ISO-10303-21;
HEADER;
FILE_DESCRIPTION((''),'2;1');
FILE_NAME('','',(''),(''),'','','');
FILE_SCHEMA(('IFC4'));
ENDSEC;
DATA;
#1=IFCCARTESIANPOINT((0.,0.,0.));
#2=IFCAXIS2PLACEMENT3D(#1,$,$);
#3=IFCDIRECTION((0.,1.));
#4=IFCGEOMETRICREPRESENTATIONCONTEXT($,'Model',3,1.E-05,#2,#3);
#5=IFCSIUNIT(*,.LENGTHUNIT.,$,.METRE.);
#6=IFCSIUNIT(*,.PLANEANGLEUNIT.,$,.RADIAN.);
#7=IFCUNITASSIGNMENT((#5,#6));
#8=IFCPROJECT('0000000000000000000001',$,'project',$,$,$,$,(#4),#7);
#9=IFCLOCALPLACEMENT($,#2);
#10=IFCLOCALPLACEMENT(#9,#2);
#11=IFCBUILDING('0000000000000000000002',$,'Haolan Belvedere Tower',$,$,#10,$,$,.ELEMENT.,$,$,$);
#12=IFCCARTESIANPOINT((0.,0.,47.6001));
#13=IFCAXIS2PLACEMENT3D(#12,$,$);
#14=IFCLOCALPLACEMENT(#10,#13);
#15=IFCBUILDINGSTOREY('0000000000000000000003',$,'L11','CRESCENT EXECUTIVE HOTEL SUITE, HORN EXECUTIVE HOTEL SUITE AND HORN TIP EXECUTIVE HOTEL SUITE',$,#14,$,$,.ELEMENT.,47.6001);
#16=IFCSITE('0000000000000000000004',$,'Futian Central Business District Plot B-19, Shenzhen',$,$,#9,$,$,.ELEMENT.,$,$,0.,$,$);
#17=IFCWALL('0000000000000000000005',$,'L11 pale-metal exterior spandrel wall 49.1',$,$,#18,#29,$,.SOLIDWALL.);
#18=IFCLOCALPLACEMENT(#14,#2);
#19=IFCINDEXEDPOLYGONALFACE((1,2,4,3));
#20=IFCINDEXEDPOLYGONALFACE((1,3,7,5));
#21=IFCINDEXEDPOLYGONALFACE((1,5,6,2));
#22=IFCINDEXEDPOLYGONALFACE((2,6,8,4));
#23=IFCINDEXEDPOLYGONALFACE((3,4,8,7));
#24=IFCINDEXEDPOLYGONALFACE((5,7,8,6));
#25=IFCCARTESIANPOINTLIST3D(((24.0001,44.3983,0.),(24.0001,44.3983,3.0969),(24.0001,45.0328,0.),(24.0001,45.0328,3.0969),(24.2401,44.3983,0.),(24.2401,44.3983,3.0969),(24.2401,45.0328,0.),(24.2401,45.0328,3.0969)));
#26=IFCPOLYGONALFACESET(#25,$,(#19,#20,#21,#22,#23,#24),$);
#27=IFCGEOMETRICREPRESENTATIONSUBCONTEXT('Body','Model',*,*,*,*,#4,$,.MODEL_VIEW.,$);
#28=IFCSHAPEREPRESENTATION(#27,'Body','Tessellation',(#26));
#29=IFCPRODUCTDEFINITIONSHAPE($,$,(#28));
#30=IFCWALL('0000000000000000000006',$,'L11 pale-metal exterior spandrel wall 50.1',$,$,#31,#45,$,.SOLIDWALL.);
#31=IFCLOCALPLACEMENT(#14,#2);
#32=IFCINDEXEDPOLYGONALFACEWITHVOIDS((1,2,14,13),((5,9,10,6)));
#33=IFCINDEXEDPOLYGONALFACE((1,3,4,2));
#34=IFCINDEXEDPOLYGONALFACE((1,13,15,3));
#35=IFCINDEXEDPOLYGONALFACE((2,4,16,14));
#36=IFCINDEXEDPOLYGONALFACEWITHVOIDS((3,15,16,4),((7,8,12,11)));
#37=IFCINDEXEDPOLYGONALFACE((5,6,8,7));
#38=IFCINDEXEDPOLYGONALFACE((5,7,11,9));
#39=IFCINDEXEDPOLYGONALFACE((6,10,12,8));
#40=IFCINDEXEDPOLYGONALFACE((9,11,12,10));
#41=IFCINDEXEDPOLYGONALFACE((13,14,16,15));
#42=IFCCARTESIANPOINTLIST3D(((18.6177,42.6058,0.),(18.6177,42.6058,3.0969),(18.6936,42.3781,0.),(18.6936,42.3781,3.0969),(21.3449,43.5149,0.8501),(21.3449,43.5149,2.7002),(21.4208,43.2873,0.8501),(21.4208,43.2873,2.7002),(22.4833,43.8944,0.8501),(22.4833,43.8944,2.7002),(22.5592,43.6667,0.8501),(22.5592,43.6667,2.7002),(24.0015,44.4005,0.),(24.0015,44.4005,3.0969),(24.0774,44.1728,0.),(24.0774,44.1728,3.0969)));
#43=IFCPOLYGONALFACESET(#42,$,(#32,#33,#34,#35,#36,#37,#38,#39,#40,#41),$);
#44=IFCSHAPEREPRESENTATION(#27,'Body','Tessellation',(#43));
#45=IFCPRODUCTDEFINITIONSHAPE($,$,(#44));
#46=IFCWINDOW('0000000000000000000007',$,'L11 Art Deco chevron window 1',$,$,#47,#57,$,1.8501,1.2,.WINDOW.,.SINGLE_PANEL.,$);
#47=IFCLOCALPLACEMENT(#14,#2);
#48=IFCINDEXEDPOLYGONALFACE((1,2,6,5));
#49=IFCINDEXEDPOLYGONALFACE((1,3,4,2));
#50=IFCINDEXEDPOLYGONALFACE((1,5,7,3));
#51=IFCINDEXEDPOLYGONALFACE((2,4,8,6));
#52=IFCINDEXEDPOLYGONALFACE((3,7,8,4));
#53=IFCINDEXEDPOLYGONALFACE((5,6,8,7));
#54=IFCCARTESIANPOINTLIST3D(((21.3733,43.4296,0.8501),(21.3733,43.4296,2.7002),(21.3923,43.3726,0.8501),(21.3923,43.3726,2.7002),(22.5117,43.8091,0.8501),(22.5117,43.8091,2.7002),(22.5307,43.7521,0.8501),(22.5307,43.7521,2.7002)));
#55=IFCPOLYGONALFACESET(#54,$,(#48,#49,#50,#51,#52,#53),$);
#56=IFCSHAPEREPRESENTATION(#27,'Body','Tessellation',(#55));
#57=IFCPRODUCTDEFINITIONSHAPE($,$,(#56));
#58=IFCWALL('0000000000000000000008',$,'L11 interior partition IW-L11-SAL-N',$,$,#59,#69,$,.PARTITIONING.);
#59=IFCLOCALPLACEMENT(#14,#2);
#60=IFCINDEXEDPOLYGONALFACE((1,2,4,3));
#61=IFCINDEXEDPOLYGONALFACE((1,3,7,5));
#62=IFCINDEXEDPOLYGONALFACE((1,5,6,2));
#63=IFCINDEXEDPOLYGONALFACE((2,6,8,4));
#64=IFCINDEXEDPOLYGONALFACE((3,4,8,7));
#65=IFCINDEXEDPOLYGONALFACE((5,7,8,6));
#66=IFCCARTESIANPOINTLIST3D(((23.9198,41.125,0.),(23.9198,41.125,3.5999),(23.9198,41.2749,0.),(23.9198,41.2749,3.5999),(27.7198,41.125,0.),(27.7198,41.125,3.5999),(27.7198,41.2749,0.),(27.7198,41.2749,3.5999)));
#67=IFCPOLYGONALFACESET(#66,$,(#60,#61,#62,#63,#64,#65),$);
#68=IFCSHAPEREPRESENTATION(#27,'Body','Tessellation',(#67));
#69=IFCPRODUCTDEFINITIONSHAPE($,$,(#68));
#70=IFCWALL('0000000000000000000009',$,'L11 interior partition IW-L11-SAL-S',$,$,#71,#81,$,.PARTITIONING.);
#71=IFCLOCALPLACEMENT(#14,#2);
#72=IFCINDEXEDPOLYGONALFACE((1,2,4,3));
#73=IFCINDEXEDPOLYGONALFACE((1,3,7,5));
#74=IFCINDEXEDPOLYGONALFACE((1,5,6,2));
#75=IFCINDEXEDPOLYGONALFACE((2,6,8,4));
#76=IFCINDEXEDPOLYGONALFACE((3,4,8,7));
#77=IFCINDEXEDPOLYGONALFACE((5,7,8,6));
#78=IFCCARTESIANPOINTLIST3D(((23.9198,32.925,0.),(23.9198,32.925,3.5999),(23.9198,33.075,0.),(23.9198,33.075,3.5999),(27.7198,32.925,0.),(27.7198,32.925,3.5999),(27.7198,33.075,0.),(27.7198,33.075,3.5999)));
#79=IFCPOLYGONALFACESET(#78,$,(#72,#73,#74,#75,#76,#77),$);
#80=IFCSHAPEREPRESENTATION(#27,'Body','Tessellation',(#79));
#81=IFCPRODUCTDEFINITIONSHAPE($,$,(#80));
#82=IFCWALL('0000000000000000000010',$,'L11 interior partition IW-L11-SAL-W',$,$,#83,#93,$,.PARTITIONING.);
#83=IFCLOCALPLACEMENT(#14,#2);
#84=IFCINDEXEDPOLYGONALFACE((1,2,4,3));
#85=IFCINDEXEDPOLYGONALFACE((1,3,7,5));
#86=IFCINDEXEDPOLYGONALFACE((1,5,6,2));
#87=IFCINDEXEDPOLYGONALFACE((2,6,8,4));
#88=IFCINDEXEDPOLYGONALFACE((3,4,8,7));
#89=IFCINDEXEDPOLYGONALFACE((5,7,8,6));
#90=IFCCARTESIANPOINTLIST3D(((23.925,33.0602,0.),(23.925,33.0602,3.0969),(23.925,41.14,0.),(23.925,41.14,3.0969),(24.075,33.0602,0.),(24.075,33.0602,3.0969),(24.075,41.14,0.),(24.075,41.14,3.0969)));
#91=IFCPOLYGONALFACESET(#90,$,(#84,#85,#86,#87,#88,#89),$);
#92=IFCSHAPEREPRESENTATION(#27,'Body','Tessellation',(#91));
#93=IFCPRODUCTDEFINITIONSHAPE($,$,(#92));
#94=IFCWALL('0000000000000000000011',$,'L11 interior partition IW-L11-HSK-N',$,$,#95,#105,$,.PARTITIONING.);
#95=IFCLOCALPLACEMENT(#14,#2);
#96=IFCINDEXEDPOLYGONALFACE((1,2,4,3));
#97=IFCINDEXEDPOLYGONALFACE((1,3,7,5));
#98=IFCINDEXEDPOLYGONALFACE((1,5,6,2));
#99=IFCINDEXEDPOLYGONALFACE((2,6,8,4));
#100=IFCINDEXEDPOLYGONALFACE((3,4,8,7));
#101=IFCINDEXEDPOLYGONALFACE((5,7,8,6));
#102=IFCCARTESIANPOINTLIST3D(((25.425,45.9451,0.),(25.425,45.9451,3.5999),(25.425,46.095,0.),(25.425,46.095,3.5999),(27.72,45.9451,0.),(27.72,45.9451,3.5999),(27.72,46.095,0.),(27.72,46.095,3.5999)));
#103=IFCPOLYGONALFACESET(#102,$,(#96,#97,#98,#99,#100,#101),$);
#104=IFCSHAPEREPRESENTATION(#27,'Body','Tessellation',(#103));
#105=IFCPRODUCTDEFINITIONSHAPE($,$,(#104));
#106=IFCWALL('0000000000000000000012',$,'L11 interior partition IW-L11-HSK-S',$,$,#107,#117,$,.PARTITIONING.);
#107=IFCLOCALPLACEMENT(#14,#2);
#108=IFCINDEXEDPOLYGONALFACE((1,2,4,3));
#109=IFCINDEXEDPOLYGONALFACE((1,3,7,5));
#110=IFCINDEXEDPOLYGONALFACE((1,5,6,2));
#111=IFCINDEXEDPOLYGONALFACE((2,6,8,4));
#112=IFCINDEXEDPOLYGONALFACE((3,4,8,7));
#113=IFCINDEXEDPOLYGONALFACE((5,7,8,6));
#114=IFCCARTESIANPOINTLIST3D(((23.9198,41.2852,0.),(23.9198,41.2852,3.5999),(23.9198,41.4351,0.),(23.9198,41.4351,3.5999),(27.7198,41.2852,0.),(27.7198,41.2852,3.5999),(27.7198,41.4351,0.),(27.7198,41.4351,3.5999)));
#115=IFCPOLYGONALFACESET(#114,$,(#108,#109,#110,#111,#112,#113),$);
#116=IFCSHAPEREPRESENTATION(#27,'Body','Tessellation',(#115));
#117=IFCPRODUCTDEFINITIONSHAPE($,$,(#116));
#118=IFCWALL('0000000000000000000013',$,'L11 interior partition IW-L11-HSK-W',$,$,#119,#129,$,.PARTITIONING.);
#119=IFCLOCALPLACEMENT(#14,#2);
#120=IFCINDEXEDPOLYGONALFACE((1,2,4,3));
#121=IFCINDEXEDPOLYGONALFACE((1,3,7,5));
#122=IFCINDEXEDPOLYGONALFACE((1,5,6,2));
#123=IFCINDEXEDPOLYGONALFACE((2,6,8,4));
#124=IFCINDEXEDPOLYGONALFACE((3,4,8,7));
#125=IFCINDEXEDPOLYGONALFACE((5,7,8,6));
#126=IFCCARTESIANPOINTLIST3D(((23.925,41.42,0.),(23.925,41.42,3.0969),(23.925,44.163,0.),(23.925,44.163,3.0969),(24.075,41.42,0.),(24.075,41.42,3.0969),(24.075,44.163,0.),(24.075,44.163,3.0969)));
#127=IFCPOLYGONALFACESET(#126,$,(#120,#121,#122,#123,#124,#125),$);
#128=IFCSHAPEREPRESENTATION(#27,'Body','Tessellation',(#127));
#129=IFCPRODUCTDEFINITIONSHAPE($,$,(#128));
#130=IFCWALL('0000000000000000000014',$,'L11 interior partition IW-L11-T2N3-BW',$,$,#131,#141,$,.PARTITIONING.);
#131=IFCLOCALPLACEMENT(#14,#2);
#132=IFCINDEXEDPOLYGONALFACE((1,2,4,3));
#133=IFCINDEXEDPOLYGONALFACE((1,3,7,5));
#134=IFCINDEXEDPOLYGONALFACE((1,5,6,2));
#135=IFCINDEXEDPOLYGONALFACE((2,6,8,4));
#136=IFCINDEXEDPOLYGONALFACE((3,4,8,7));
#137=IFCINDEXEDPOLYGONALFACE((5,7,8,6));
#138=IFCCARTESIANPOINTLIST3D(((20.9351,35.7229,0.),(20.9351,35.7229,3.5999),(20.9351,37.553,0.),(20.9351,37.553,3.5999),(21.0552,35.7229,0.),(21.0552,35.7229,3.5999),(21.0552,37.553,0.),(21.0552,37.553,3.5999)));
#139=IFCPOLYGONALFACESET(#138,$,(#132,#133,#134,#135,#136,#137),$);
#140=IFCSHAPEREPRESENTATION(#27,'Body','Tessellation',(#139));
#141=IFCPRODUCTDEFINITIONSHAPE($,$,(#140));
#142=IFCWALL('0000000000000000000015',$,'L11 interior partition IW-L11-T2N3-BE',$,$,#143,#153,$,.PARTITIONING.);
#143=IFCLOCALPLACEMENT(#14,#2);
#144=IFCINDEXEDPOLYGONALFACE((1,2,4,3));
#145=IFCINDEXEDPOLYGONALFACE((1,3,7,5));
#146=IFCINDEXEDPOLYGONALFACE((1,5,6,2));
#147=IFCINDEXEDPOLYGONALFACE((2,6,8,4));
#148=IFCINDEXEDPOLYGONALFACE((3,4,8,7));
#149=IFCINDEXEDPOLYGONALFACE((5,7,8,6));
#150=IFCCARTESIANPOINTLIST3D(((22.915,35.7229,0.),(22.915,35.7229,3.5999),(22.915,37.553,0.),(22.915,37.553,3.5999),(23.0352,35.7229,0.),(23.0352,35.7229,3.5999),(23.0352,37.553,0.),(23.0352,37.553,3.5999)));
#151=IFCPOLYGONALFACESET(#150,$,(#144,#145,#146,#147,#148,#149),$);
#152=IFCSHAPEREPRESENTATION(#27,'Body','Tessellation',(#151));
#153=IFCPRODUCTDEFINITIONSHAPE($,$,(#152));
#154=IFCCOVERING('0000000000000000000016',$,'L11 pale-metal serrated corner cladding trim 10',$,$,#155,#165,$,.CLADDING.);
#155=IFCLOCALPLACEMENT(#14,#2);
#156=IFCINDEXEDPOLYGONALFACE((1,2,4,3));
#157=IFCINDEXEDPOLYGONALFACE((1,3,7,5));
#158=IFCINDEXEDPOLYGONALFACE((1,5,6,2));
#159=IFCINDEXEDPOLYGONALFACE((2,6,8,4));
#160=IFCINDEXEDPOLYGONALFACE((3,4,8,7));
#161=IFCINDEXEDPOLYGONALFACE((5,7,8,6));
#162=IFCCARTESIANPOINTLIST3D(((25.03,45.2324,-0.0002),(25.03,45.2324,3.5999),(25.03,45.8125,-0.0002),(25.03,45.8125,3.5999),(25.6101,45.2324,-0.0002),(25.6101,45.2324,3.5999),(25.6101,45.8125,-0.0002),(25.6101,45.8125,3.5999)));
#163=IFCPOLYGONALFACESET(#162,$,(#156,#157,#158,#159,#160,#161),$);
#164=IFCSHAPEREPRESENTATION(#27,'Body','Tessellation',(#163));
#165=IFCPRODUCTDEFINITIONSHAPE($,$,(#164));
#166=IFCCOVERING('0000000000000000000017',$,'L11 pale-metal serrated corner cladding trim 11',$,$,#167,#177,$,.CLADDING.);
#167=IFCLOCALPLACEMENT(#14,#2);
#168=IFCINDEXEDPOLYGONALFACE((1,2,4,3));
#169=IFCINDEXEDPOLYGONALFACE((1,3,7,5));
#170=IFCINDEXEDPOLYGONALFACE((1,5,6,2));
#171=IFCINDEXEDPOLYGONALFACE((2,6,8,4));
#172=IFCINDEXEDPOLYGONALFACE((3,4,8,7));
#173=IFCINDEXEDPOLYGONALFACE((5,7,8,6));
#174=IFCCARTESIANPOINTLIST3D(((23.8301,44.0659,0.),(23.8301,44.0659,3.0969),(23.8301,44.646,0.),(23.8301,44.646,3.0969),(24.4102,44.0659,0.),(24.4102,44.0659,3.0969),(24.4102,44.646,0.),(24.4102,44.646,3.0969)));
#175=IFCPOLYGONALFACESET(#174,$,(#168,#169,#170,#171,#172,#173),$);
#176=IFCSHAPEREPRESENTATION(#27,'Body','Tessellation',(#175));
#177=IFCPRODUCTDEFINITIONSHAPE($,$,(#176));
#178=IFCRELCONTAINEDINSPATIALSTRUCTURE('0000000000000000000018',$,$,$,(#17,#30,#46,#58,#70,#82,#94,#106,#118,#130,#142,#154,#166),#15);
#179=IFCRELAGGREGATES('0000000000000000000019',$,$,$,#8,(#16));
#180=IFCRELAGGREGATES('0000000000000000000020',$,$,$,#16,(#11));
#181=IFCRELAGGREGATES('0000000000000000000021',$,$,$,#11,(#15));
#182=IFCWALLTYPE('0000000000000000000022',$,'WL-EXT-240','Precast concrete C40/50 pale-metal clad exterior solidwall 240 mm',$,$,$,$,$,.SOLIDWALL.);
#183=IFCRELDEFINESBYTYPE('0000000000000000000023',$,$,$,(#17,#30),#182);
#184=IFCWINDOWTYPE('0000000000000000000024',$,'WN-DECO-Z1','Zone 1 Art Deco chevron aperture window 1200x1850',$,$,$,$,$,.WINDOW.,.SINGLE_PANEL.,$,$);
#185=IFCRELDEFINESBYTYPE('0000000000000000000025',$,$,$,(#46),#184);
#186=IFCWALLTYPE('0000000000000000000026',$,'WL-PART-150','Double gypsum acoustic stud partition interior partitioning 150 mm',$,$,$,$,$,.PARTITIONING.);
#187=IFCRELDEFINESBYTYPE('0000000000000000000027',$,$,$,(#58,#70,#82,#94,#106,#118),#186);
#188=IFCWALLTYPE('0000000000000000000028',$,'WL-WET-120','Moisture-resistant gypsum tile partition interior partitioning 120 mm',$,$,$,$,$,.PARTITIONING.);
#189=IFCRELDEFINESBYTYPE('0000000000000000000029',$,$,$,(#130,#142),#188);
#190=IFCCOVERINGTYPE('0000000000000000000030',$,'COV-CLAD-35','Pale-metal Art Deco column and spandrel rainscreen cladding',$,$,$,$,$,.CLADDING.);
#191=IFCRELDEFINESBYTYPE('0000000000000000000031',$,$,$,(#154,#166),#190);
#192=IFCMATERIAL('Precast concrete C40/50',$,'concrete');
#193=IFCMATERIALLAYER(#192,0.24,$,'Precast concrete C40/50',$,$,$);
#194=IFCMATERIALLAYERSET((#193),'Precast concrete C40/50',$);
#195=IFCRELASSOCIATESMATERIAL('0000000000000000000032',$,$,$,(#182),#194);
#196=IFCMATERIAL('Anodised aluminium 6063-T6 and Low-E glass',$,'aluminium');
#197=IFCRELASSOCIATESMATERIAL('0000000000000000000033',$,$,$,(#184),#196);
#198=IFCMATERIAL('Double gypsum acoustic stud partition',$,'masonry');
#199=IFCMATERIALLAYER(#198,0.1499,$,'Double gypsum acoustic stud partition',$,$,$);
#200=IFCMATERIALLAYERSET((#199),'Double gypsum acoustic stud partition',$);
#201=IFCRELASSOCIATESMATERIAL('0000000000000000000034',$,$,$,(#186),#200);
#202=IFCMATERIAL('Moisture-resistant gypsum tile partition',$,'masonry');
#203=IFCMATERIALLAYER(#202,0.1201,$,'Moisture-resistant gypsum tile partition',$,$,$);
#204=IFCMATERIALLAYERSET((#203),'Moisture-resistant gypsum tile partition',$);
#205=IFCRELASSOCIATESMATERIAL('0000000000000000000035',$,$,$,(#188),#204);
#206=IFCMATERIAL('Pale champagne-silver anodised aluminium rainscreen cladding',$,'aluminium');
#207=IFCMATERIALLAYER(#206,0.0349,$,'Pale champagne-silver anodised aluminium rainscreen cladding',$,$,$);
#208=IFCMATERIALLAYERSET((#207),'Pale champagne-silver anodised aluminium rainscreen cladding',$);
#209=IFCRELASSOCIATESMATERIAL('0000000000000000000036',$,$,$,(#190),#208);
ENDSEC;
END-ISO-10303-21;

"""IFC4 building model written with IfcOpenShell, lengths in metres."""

from ifc_helpers import new_model, si_unit, direction, frame, frame_2d, origin, origin_2d, place, context, subcontext, project, spatial, rectangle, extrude, material, layer, layer_set, type_object, element, fill, save


model = new_model("IFC4")

# Units and contexts
model_context = context("Model", 3, precision=1e-05, world=origin(), true_north=direction((0.0, 1.0)))
body_context = subcontext(model_context, "Body", "Model", "MODEL_VIEW")
ifc_project = project(units=[si_unit("LENGTHUNIT", "METRE"), si_unit("PLANEANGLEUNIT", "RADIAN")], contexts=[model_context])

# Site, building, storey
site_placement = place(None, origin())
site = spatial("IfcSite", under=ifc_project, at=site_placement, Name="Futian Central Business District Plot B-19, Shenzhen", CompositionType="ELEMENT", RefElevation=0.0)
building_placement = place(site_placement, origin())
building = spatial("IfcBuilding", under=site, at=building_placement, Name="Haolan Belvedere Tower", CompositionType="ELEMENT")
storey_placement = place(building_placement, frame((0.0, 0.0, 47.6001)))
storey = spatial("IfcBuildingStorey", under=building, at=storey_placement, Name="L11", Description="CRESCENT EXECUTIVE HOTEL SUITE, HORN EXECUTIVE HOTEL SUITE AND HORN TIP EXECUTIVE HOTEL SUITE", CompositionType="ELEMENT", Elevation=47.6001)

# Wall
ifc_material_1 = material(Name="Precast concrete C40/50", Category="concrete")
ifc_layer_1 = layer(ifc_material_1, 0.24, Name="Precast concrete C40/50")
ifc_layer_set_1 = layer_set([ifc_layer_1], Name="Precast concrete C40/50")
wall_type_1 = type_object("IfcWallType", Name="WL-EXT-240", Description="Precast concrete C40/50 pale-metal clad exterior solidwall 240 mm", PredefinedType="SOLIDWALL", material=ifc_layer_set_1)
wall_1_placement = place(storey_placement, frame((24.1201, 45.033, 0.0), z_axis=(0.0, 0.0, 1.0), x_axis=(0.0, -1.0, 0.0)))
element("IfcWall", 1, at=wall_1_placement, inside=storey, type_object=wall_type_1, Name="L11 pale-metal exterior spandrel wall 49.1", PredefinedType="SOLIDWALL", context=body_context, shape_type="SweptSolid", body=[
    extrude(rectangle(XDim=0.6345, YDim=0.24, at=frame_2d((0.3174, 0.0))), origin(), (0.0, 0.0, 1.0), 3.0969),
])

# Wall, opening, window
wall_2_placement = place(storey_placement, frame((24.0393, 44.2866, 0.0), z_axis=(0.0, 0.0, 1.0), x_axis=(-0.948679, -0.316241, 0.0)))
wall_2 = element("IfcWall", 2, at=wall_2_placement, inside=storey, type_object=wall_type_1, Name="L11 pale-metal exterior spandrel wall 50.1", PredefinedType="SOLIDWALL", context=body_context, shape_type="SweptSolid", body=[
    extrude(rectangle(XDim=5.675, YDim=0.24, at=frame_2d((2.8374, 0.0))), origin(), (0.0, 0.0, 1.0), 3.0969),
])
opening_placement = place(wall_2_placement, frame((1.6001, 0.0, 0.8501)))
opening = element("IfcOpeningElement", 3, at=opening_placement, cuts=wall_2, PredefinedType="OPENING", context=body_context, shape_type="SweptSolid", body=[
    extrude(rectangle(XDim=1.2, YDim=1.8501, at=frame_2d((0.6001, 0.925))), frame((0.0, 0.1299, 0.0), z_axis=(0.0, -1.0, 0.0), x_axis=(1.0, 0.0, 0.0)), (0.0, 0.0, 1.0), 0.26),
])
ifc_material_2 = material(Name="Anodised aluminium 6063-T6 and Low-E glass", Category="aluminium")
window_type = type_object("IfcWindowType", Name="WN-DECO-Z1", Description="Zone 1 Art Deco chevron aperture window 1200x1850", PartitioningType="SINGLE_PANEL", PredefinedType="WINDOW", material=ifc_material_2)
window_placement = place(opening_placement, origin())
window = element("IfcWindow", 4, at=window_placement, inside=storey, type_object=window_type, Name="L11 Art Deco chevron window 1", OverallHeight=1.8501, OverallWidth=1.2, PartitioningType="SINGLE_PANEL", PredefinedType="WINDOW", context=body_context, shape_type="SweptSolid", body=[
    extrude(rectangle(XDim=1.2, YDim=1.8501, at=frame_2d((0.6001, 0.925))), frame((0.0, 0.03, 0.0), z_axis=(0.0, -1.0, 0.0), x_axis=(1.0, 0.0, 0.0)), (0.0, 0.0, 1.0), 0.0601),
])
fill(opening, window)

# Walls
ifc_material_3 = material(Name="Double gypsum acoustic stud partition", Category="masonry")
ifc_layer_2 = layer(ifc_material_3, 0.1499, Name="Double gypsum acoustic stud partition")
ifc_layer_set_2 = layer_set([ifc_layer_2], Name="Double gypsum acoustic stud partition")
wall_type_2 = type_object("IfcWallType", Name="WL-PART-150", Description="Double gypsum acoustic stud partition interior partitioning 150 mm", PredefinedType="PARTITIONING", material=ifc_layer_set_2)
for number, where, z_axis, x_axis, name in (
    (5, (23.9199, 41.2, 0.0), (0.0, 0.0, 1.0), (1.0, 0.0, 0.0), "L11 interior partition IW-L11-SAL-N"),
    (6, (23.9199, 33.0, 0.0), (0.0, 0.0, 1.0), (1.0, 0.0, 0.0), "L11 interior partition IW-L11-SAL-S"),
):
    element("IfcWall", number, at=place(storey_placement, frame(where, z_axis=z_axis, x_axis=x_axis)), inside=storey, type_object=wall_type_2, Name=name, PredefinedType="PARTITIONING", context=body_context, shape_type="SweptSolid", body=[
        extrude(rectangle(XDim=3.8, YDim=0.1499, at=frame_2d((1.8999, 0.0))), origin(), (0.0, 0.0, 1.0), 3.5999),
    ])
wall_3_placement = place(storey_placement, frame((24.0, 33.0601, 0.0), z_axis=(0.0, 0.0, 1.0), x_axis=(0.0, 1.0, 0.0)))
element("IfcWall", 7, at=wall_3_placement, inside=storey, type_object=wall_type_2, Name="L11 interior partition IW-L11-SAL-W", PredefinedType="PARTITIONING", context=body_context, shape_type="SweptSolid", body=[
    extrude(rectangle(XDim=8.0798, YDim=0.1499, at=frame_2d((4.04, 0.0))), origin(), (0.0, 0.0, 1.0), 3.0969),
])
wall_4_placement = place(storey_placement, frame((25.425, 46.02, 0.0), z_axis=(0.0, 0.0, 1.0), x_axis=(1.0, 0.0, 0.0)))
element("IfcWall", 8, at=wall_4_placement, inside=storey, type_object=wall_type_2, Name="L11 interior partition IW-L11-HSK-N", PredefinedType="PARTITIONING", context=body_context, shape_type="SweptSolid", body=[
    extrude(rectangle(XDim=2.2949, YDim=0.1499, at=frame_2d((1.1475, 0.0))), origin(), (0.0, 0.0, 1.0), 3.5999),
])
wall_5_placement = place(storey_placement, frame((23.9199, 41.3601, 0.0), z_axis=(0.0, 0.0, 1.0), x_axis=(1.0, 0.0, 0.0)))
element("IfcWall", 9, at=wall_5_placement, inside=storey, type_object=wall_type_2, Name="L11 interior partition IW-L11-HSK-S", PredefinedType="PARTITIONING", context=body_context, shape_type="SweptSolid", body=[
    extrude(rectangle(XDim=3.8, YDim=0.1499, at=frame_2d((1.8999, 0.0))), origin(), (0.0, 0.0, 1.0), 3.5999),
])
wall_6_placement = place(storey_placement, frame((24.0, 41.4199, 0.0), z_axis=(0.0, 0.0, 1.0), x_axis=(0.0, 1.0, 0.0)))
element("IfcWall", 10, at=wall_6_placement, inside=storey, type_object=wall_type_2, Name="L11 interior partition IW-L11-HSK-W", PredefinedType="PARTITIONING", context=body_context, shape_type="SweptSolid", body=[
    extrude(rectangle(XDim=2.7429, YDim=0.1499, at=frame_2d((1.3716, 0.0))), origin(), (0.0, 0.0, 1.0), 3.0969),
])
ifc_material_4 = material(Name="Moisture-resistant gypsum tile partition", Category="masonry")
ifc_layer_3 = layer(ifc_material_4, 0.1201, Name="Moisture-resistant gypsum tile partition")
ifc_layer_set_3 = layer_set([ifc_layer_3], Name="Moisture-resistant gypsum tile partition")
wall_type_3 = type_object("IfcWallType", Name="WL-WET-120", Description="Moisture-resistant gypsum tile partition interior partitioning 120 mm", PredefinedType="PARTITIONING", material=ifc_layer_set_3)
for number, where, z_axis, x_axis, name in (
    (11, (20.9951, 35.7229, 0.0), (0.0, 0.0, 1.0), (0.0, 1.0, 0.0), "L11 interior partition IW-L11-T2N3-BW"),
    (12, (22.9751, 35.7229, 0.0), (0.0, 0.0, 1.0), (0.0, 1.0, 0.0), "L11 interior partition IW-L11-T2N3-BE"),
):
    element("IfcWall", number, at=place(storey_placement, frame(where, z_axis=z_axis, x_axis=x_axis)), inside=storey, type_object=wall_type_3, Name=name, PredefinedType="PARTITIONING", context=body_context, shape_type="SweptSolid", body=[
        extrude(rectangle(XDim=1.8301, YDim=0.1201, at=frame_2d((0.915, 0.0))), origin(), (0.0, 0.0, 1.0), 3.5999),
    ])

# Coverings
ifc_material_5 = material(Name="Pale champagne-silver anodised aluminium rainscreen cladding", Category="aluminium")
ifc_layer_4 = layer(ifc_material_5, 0.0349, Name="Pale champagne-silver anodised aluminium rainscreen cladding")
ifc_layer_set_4 = layer_set([ifc_layer_4], Name="Pale champagne-silver anodised aluminium rainscreen cladding")
covering_type = type_object("IfcCoveringType", Name="COV-CLAD-35", Description="Pale-metal Art Deco column and spandrel rainscreen cladding", PredefinedType="CLADDING", material=ifc_layer_set_4)
covering_1_placement = place(storey_placement, frame((25.3201, 45.5225, -0.0002), z_axis=(0.0, 0.0, 1.0), x_axis=(1.0, 0.0, 0.0)))
element("IfcCovering", 13, at=covering_1_placement, inside=storey, type_object=covering_type, Name="L11 pale-metal serrated corner cladding trim 10", PredefinedType="CLADDING", context=body_context, shape_type="SweptSolid", body=[
    extrude(rectangle(XDim=0.5801, YDim=0.5801, at=origin_2d()), origin(), (0.0, 0.0, 1.0), 3.6001),
])
covering_2_placement = place(storey_placement, frame((24.1201, 44.356, 0.0), z_axis=(0.0, 0.0, 1.0), x_axis=(1.0, 0.0, 0.0)))
element("IfcCovering", 14, at=covering_2_placement, inside=storey, type_object=covering_type, Name="L11 pale-metal serrated corner cladding trim 11", PredefinedType="CLADDING", context=body_context, shape_type="SweptSolid", body=[
    extrude(rectangle(XDim=0.5801, YDim=0.5801, at=origin_2d()), origin(), (0.0, 0.0, 1.0), 3.0969),
])

save(model, "model.ifc")
